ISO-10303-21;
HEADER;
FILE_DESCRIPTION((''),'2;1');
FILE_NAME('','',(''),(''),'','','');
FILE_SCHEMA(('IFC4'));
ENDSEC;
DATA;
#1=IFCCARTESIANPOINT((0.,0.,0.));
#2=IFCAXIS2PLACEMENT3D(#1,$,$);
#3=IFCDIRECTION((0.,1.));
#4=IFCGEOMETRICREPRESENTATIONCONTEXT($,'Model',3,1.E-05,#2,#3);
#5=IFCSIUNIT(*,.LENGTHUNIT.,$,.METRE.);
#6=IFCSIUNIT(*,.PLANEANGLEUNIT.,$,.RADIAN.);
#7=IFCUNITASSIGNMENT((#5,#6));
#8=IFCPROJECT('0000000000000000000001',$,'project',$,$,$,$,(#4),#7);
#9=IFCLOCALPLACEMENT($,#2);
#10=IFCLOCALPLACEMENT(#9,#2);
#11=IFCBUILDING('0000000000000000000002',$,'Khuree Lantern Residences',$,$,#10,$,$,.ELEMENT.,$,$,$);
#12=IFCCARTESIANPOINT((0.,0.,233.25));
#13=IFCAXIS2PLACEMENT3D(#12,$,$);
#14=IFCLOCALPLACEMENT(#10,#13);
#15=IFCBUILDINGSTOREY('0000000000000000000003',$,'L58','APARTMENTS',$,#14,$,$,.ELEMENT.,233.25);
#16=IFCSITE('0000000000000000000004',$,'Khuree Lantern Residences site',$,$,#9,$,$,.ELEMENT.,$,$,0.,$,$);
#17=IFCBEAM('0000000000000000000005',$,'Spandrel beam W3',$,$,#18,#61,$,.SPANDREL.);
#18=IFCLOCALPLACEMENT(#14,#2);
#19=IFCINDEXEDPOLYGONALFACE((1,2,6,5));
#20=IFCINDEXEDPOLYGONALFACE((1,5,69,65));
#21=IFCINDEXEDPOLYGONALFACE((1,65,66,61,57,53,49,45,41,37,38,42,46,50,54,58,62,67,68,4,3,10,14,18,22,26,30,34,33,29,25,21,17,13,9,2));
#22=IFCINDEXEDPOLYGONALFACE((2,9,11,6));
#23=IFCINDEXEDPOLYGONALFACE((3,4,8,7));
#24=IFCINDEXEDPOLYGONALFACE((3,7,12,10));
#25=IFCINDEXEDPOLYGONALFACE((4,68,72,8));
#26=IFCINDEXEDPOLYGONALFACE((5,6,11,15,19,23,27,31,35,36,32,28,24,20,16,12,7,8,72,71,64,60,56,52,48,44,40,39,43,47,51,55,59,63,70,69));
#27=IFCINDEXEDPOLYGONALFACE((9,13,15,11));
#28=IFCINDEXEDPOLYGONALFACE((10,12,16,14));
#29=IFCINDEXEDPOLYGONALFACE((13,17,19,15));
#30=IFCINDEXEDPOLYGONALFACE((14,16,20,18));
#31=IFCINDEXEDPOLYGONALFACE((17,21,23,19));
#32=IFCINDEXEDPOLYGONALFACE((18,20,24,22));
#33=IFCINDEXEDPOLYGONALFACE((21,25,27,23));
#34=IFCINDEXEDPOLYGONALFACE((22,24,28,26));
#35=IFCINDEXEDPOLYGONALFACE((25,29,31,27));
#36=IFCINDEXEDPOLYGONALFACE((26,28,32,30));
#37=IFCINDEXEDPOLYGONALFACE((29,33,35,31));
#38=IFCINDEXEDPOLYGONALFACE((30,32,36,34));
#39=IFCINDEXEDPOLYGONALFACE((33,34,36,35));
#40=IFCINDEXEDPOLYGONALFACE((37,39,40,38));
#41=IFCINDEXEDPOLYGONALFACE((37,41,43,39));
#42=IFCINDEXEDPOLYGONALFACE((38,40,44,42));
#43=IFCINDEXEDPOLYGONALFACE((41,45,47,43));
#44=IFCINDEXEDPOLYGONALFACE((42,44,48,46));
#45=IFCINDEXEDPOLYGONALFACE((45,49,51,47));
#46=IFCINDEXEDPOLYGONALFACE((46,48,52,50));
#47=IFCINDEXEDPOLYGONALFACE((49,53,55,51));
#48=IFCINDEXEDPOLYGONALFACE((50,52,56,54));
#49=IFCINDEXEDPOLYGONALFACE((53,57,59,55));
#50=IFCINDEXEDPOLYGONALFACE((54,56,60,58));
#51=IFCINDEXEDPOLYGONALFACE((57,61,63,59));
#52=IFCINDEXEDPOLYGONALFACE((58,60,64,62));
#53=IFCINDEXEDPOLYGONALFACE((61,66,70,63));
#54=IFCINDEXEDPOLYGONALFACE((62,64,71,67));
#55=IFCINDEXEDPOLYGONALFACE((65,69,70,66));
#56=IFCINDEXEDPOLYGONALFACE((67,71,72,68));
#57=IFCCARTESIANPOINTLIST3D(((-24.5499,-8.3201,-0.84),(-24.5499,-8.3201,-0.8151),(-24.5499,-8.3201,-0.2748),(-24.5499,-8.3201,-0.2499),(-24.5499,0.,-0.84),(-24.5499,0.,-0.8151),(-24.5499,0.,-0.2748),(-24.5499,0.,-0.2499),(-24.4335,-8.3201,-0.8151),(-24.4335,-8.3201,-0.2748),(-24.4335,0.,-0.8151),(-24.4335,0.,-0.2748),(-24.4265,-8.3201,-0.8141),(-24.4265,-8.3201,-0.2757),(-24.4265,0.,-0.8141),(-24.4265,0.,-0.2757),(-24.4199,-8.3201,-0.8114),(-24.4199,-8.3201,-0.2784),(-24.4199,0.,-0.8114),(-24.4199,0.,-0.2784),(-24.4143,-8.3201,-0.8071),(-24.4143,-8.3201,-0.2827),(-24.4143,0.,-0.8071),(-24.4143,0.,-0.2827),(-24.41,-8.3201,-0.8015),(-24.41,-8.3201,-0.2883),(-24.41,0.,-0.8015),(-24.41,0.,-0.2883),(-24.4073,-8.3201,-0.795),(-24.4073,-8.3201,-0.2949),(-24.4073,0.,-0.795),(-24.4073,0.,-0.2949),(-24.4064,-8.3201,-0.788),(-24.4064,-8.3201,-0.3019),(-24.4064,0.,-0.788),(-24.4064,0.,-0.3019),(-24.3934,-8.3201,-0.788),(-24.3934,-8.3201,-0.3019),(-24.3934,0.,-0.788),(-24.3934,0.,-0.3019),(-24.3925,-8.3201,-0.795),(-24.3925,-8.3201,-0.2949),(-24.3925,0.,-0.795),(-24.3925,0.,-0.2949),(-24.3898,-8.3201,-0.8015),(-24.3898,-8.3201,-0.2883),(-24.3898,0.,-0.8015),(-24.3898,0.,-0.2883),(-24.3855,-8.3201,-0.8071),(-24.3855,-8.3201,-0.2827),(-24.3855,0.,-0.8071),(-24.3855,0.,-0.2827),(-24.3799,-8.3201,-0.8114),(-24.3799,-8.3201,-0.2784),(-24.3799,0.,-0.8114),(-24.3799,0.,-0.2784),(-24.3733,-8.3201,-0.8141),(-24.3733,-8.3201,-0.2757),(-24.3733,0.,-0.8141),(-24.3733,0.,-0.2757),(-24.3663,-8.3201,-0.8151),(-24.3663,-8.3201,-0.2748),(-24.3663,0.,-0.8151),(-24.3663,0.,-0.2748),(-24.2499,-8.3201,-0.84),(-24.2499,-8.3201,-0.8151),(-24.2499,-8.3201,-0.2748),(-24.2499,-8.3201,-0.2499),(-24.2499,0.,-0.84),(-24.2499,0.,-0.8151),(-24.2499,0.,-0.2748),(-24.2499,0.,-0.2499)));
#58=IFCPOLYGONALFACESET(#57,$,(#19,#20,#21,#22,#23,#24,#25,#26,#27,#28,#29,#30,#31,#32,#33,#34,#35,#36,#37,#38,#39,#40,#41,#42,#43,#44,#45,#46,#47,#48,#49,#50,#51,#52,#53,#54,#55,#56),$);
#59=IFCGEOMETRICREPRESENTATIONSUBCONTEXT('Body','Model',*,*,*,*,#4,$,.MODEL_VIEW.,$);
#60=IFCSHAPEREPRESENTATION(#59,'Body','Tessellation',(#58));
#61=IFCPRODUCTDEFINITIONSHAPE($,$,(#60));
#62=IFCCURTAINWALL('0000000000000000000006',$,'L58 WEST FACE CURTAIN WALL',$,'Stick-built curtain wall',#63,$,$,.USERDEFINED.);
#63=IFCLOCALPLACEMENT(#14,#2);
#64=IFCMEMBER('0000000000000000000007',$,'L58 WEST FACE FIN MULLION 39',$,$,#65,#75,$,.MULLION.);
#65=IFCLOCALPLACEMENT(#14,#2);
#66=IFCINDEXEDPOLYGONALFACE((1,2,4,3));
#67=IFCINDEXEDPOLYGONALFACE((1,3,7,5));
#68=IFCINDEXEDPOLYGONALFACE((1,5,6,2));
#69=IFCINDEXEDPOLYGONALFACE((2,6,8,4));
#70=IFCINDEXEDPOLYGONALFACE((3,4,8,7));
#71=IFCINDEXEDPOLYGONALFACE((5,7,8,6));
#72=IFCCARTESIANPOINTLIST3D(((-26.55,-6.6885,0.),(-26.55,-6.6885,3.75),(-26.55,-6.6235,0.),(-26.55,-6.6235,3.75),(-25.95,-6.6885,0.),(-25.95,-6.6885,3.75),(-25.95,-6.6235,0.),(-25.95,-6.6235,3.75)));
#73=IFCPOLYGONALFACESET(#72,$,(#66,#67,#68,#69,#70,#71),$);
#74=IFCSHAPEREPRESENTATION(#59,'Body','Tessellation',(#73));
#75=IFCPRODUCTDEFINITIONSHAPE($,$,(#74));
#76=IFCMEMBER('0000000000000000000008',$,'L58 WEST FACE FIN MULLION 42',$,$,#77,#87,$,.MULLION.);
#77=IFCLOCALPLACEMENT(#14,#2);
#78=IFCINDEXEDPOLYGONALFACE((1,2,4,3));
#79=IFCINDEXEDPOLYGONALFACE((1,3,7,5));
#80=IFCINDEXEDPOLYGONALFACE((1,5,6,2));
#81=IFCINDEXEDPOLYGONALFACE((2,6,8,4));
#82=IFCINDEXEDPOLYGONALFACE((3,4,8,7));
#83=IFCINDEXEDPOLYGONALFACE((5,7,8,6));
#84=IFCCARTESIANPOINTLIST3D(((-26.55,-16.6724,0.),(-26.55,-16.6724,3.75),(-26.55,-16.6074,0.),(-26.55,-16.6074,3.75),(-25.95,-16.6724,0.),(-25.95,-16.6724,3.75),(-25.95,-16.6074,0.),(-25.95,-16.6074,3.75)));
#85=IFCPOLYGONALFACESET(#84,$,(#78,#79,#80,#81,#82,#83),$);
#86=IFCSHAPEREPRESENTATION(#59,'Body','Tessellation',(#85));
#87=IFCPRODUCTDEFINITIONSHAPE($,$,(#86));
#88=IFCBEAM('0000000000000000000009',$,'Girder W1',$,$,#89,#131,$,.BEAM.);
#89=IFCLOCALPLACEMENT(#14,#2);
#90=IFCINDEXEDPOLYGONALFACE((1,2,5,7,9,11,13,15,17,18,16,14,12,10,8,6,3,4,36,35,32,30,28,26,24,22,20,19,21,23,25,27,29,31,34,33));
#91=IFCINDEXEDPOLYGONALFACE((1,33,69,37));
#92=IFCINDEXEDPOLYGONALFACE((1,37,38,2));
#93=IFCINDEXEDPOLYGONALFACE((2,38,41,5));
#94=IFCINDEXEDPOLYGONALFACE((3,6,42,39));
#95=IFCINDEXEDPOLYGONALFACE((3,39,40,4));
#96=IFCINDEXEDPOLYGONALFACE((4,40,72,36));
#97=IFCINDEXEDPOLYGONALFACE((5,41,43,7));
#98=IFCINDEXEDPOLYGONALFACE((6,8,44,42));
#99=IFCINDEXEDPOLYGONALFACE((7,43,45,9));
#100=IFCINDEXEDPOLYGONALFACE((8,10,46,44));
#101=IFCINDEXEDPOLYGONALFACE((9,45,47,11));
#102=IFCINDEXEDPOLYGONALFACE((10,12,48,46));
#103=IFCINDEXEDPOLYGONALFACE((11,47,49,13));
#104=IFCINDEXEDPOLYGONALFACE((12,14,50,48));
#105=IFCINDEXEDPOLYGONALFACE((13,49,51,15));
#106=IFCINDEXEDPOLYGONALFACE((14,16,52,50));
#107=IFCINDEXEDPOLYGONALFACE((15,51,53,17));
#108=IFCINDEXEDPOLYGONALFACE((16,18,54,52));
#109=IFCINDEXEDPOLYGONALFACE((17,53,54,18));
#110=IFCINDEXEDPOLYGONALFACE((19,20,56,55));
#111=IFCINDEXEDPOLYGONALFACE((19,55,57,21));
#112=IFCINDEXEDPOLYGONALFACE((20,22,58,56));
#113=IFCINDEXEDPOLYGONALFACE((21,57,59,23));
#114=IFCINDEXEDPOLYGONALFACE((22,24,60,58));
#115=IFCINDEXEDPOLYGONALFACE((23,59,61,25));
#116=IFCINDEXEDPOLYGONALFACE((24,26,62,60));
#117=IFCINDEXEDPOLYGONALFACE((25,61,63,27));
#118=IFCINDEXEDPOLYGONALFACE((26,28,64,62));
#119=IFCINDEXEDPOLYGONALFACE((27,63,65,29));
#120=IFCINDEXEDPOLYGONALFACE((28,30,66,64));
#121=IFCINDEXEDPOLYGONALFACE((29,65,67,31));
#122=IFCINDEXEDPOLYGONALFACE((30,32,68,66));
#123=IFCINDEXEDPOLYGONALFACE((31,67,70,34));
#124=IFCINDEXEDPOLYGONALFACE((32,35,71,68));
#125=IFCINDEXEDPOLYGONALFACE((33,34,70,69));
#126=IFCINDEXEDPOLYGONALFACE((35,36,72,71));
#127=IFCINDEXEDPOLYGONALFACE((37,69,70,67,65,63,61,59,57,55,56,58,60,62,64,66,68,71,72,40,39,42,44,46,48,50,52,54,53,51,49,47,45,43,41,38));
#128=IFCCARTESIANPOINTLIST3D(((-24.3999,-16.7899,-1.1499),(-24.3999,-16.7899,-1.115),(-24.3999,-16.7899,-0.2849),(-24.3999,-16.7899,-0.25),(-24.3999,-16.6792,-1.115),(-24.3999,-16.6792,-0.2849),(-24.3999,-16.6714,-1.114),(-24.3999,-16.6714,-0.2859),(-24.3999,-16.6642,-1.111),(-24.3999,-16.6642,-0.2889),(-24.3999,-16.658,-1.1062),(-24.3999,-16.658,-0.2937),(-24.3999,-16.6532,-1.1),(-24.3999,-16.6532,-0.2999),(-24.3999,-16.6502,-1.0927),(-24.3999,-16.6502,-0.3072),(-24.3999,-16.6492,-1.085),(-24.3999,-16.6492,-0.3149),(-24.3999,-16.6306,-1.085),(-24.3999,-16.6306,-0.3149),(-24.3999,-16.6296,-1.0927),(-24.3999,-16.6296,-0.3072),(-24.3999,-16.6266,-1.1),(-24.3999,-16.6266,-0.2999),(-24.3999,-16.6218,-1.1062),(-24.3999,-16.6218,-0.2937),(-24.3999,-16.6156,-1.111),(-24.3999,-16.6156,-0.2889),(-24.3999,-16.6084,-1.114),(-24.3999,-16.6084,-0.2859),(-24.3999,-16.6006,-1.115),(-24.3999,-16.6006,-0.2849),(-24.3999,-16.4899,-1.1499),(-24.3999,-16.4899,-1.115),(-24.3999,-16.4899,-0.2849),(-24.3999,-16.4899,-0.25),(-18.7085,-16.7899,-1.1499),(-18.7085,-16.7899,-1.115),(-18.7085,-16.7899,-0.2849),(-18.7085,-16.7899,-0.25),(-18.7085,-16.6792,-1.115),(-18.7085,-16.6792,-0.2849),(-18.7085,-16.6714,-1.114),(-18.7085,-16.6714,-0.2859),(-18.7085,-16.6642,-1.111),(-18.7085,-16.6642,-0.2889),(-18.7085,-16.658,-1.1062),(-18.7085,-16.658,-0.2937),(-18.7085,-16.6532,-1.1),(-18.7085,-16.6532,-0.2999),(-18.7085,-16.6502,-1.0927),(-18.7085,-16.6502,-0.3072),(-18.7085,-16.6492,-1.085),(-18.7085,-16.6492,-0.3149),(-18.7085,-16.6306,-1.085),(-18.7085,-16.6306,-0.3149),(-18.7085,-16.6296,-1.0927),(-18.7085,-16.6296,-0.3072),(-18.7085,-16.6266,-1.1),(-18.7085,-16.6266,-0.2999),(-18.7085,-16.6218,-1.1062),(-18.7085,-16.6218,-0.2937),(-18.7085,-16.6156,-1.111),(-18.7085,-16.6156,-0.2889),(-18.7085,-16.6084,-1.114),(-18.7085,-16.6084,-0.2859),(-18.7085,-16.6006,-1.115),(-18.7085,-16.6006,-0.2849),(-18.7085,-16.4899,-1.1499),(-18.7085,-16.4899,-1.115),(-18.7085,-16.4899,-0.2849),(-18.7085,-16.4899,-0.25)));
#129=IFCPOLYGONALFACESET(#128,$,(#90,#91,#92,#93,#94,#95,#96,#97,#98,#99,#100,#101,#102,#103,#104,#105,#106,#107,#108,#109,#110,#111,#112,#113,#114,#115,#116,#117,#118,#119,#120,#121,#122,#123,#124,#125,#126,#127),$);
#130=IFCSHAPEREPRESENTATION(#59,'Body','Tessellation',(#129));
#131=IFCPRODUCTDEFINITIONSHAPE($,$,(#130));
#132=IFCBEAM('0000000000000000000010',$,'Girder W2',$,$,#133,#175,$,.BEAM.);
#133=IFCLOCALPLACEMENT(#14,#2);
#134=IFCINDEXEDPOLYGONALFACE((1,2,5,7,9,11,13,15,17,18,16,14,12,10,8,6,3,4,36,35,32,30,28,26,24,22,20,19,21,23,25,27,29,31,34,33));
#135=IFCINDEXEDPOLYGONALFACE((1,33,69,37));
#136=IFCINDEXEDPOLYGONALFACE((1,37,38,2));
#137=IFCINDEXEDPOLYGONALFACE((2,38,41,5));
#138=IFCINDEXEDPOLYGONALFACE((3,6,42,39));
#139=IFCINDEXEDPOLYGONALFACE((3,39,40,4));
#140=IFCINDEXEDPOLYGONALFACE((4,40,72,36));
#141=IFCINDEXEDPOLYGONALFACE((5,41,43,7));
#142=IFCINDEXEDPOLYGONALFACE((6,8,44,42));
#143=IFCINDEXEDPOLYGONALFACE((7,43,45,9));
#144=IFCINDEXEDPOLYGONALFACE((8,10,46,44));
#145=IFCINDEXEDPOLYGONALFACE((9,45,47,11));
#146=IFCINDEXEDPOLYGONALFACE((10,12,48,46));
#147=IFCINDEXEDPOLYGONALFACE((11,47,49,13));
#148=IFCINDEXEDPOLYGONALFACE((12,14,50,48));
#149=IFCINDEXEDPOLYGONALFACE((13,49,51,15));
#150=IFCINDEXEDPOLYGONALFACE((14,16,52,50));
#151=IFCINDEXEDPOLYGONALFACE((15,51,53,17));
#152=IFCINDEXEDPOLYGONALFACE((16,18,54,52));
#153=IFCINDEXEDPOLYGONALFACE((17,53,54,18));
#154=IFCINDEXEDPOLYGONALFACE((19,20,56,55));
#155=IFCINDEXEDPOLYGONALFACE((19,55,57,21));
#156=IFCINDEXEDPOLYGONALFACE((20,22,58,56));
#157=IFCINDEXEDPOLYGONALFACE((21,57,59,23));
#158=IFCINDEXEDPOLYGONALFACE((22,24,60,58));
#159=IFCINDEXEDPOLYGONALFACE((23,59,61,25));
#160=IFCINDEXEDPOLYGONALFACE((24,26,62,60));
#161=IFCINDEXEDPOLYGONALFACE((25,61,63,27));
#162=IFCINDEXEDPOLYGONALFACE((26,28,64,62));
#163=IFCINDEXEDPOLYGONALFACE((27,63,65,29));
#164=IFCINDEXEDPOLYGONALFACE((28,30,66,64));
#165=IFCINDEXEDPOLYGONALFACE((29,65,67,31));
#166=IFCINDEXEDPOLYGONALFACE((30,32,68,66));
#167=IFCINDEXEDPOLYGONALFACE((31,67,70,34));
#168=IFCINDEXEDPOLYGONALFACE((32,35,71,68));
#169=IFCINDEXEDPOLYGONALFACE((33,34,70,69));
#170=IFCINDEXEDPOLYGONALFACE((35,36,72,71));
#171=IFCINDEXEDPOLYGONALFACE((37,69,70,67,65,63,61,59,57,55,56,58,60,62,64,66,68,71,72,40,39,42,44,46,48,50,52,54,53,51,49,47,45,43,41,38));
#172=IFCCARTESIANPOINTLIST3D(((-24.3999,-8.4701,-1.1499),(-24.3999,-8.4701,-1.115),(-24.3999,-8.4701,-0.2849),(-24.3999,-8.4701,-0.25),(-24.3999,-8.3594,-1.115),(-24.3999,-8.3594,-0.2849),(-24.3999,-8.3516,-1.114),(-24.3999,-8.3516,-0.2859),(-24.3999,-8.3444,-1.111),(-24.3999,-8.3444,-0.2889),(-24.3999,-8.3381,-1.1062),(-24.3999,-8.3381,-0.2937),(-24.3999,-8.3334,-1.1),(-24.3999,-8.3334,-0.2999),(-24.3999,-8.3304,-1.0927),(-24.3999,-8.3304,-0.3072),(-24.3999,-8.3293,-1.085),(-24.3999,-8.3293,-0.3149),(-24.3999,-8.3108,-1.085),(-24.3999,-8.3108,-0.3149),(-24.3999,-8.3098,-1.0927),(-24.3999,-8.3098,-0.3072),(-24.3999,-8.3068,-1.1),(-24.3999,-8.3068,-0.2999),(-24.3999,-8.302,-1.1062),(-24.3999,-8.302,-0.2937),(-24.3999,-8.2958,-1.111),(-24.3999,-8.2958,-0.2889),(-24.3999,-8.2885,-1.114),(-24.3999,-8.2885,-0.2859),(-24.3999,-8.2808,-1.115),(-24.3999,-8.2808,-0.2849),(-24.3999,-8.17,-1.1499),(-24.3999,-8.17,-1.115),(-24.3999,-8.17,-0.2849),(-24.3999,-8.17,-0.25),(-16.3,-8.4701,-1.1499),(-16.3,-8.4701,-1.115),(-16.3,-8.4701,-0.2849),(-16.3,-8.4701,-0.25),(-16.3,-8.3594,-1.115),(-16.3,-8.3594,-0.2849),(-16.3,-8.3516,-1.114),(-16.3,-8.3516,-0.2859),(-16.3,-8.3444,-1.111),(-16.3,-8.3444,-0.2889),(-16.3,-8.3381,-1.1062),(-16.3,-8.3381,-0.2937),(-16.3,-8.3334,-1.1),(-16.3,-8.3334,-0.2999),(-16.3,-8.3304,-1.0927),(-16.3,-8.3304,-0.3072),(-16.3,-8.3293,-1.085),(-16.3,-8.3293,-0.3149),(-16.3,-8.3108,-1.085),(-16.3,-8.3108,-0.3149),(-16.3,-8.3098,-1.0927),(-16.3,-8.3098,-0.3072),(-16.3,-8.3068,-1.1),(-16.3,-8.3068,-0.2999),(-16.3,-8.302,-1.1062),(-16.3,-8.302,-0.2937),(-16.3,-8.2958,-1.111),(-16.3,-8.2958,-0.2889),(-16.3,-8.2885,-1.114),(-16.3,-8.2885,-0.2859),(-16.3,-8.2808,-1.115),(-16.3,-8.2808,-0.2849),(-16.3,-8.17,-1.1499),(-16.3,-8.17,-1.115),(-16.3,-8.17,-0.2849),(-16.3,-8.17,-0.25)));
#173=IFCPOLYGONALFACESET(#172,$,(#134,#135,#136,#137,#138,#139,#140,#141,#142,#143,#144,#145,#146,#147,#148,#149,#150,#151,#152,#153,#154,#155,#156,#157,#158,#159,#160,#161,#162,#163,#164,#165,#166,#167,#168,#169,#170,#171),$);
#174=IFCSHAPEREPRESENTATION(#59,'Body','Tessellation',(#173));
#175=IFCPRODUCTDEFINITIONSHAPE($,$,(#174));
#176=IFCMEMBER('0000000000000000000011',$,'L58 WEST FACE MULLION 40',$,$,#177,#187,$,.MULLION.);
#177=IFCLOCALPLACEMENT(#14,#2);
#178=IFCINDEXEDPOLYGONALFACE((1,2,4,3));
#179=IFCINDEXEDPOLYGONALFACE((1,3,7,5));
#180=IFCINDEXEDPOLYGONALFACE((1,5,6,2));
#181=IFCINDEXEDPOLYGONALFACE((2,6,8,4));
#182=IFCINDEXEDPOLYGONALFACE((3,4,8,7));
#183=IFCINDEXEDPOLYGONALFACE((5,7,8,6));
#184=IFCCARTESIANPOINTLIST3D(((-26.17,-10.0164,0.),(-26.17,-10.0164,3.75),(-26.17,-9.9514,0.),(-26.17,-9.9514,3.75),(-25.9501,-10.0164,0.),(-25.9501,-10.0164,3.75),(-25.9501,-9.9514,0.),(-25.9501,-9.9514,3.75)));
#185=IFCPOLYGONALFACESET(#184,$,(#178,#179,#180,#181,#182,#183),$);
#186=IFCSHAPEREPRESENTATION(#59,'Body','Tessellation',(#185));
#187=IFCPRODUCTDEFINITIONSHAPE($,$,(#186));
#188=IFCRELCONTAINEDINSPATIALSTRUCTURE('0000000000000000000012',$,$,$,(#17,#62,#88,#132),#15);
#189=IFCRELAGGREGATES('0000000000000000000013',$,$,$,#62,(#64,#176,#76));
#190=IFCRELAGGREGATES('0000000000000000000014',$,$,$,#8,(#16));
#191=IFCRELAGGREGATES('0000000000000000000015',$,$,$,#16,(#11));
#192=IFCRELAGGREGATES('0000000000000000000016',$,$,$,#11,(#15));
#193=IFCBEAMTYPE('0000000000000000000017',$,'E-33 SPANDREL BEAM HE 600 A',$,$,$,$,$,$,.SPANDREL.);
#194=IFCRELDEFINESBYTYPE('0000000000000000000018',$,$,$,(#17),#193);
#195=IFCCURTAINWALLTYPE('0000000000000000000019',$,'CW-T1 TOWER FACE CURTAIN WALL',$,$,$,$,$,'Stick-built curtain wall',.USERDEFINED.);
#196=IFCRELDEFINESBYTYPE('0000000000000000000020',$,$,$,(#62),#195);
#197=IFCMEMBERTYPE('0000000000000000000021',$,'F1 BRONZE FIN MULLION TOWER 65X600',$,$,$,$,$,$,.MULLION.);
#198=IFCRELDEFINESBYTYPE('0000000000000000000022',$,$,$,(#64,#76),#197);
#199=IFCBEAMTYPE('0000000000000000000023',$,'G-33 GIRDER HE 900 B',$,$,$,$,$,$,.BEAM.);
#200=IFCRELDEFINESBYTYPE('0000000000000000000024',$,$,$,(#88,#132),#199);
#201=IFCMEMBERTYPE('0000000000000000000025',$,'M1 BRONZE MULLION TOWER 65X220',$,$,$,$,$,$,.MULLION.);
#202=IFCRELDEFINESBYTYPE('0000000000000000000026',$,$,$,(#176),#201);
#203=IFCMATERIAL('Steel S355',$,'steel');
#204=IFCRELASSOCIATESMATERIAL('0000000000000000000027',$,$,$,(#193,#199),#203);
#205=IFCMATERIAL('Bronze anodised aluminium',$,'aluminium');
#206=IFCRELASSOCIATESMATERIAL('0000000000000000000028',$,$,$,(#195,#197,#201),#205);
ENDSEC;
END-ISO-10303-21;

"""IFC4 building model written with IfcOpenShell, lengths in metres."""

from ifc_helpers import new_model, si_unit, direction, frame, origin, origin_2d, place, context, subcontext, project, spatial, rectangle, i_section, extrude, material, material_profile, profile_set, type_object, element, aggregate, save


model = new_model("IFC4")

# Units and contexts
model_context = context("Model", 3, precision=1e-05, world=origin(), true_north=direction((0.0, 1.0)))
body_context = subcontext(model_context, "Body", "Model", "MODEL_VIEW")
ifc_project = project(units=[si_unit("LENGTHUNIT", "METRE"), si_unit("PLANEANGLEUNIT", "RADIAN")], contexts=[model_context])

# Site, building, storey
site_placement = place(None, origin())
site = spatial("IfcSite", under=ifc_project, at=site_placement, Name="Khuree Lantern Residences site", CompositionType="ELEMENT", RefElevation=0.0)
building_placement = place(site_placement, origin())
building = spatial("IfcBuilding", under=site, at=building_placement, Name="Khuree Lantern Residences", CompositionType="ELEMENT")
storey_placement = place(building_placement, frame((0.0, 0.0, 233.25)))
storey = spatial("IfcBuildingStorey", under=building, at=storey_placement, Name="L58", Description="APARTMENTS", CompositionType="ELEMENT", Elevation=233.25)

# Beam
ifc_material_1 = material(Name="Steel S355", Category="steel")
ifc_material_profile_1 = material_profile(ifc_material_1, i_section(OverallWidth=0.3, OverallDepth=0.5901, WebThickness=0.0129, FlangeThickness=0.0249, FilletRadius=0.0271, at=origin_2d()), Name="HE 600 A")
ifc_profile_set_1 = profile_set([ifc_material_profile_1], Name="Steel S355")
beam_type_1 = type_object("IfcBeamType", Name="E-33 SPANDREL BEAM HE 600 A", PredefinedType="SPANDREL", material=ifc_profile_set_1)
beam_1_placement = place(storey_placement, frame((-24.3999, -8.3201, -0.5449), z_axis=(0.0, 1.0, 0.0), x_axis=(-1.0, 0.0, 0.0)))
element("IfcBeam", 1, at=beam_1_placement, inside=storey, type_object=beam_type_1, Name="Spandrel beam W3", PredefinedType="SPANDREL", context=body_context, shape_type="SweptSolid", body=[
    extrude(i_section(OverallWidth=0.3, OverallDepth=0.5901, WebThickness=0.0129, FlangeThickness=0.0249, FilletRadius=0.0271, at=origin_2d()), origin(), (0.0, 0.0, 1.0), 8.3201),
])

# Curtain wall, members
ifc_material_2 = material(Name="Bronze anodised aluminium", Category="aluminium")
curtain_wall_type = type_object("IfcCurtainWallType", Name="CW-T1 TOWER FACE CURTAIN WALL", ElementType="Stick-built curtain wall", PredefinedType="USERDEFINED", material=ifc_material_2)
curtain_wall_placement = place(storey_placement, origin())
curtain_wall = element("IfcCurtainWall", 2, at=curtain_wall_placement, inside=storey, type_object=curtain_wall_type, Name="L58 WEST FACE CURTAIN WALL", ObjectType="Stick-built curtain wall", PredefinedType="USERDEFINED")
ifc_material_profile_2 = material_profile(ifc_material_2, rectangle(XDim=0.0649, YDim=0.6001, at=origin_2d()), Name="F1 65X600")
ifc_profile_set_2 = profile_set([ifc_material_profile_2], Name="Bronze anodised aluminium")
member_type_1 = type_object("IfcMemberType", Name="F1 BRONZE FIN MULLION TOWER 65X600", PredefinedType="MULLION", material=ifc_profile_set_2)
member_1_placement = place(storey_placement, frame((-26.25, -6.656, 0.0), z_axis=(0.0, 0.0, 1.0), x_axis=(0.0, -1.0, 0.0)))
member_1 = element("IfcMember", 3, at=member_1_placement, type_object=member_type_1, Name="L58 WEST FACE FIN MULLION 39", PredefinedType="MULLION", context=body_context, shape_type="SweptSolid", body=[
    extrude(rectangle(XDim=0.0649, YDim=0.6001, at=origin_2d()), origin(), (0.0, 0.0, 1.0), 3.75),
])
member_2_placement = place(storey_placement, frame((-26.25, -16.6399, 0.0), z_axis=(0.0, 0.0, 1.0), x_axis=(0.0, -1.0, 0.0)))
member_2 = element("IfcMember", 4, at=member_2_placement, type_object=member_type_1, Name="L58 WEST FACE FIN MULLION 42", PredefinedType="MULLION", context=body_context, shape_type="SweptSolid", body=[
    extrude(rectangle(XDim=0.0649, YDim=0.6001, at=origin_2d()), origin(), (0.0, 0.0, 1.0), 3.75),
])

# Beams
ifc_material_profile_3 = material_profile(ifc_material_1, i_section(OverallWidth=0.3, OverallDepth=0.8999, WebThickness=0.0186, FlangeThickness=0.0349, FilletRadius=0.03, at=origin_2d()), Name="HE 900 B")
ifc_profile_set_3 = profile_set([ifc_material_profile_3], Name="Steel S355")
beam_type_2 = type_object("IfcBeamType", Name="G-33 GIRDER HE 900 B", PredefinedType="BEAM", material=ifc_profile_set_3)
beam_2_placement = place(storey_placement, frame((-24.3999, -16.6399, -0.7), z_axis=(1.0, 0.0, 0.0), x_axis=(0.0, 1.0, 0.0)))
element("IfcBeam", 5, at=beam_2_placement, inside=storey, type_object=beam_type_2, Name="Girder W1", PredefinedType="BEAM", context=body_context, shape_type="SweptSolid", body=[
    extrude(i_section(OverallWidth=0.3, OverallDepth=0.8999, WebThickness=0.0186, FlangeThickness=0.0349, FilletRadius=0.03, at=origin_2d()), origin(), (0.0, 0.0, 1.0), 5.6914),
])
beam_3_placement = place(storey_placement, frame((-24.3999, -8.3201, -0.7), z_axis=(1.0, 0.0, 0.0), x_axis=(0.0, 1.0, 0.0)))
element("IfcBeam", 6, at=beam_3_placement, inside=storey, type_object=beam_type_2, Name="Girder W2", PredefinedType="BEAM", context=body_context, shape_type="SweptSolid", body=[
    extrude(i_section(OverallWidth=0.3, OverallDepth=0.8999, WebThickness=0.0186, FlangeThickness=0.0349, FilletRadius=0.03, at=origin_2d()), origin(), (0.0, 0.0, 1.0), 8.0999),
])

# Member
ifc_material_profile_4 = material_profile(ifc_material_2, rectangle(XDim=0.0649, YDim=0.22, at=origin_2d()), Name="M1 65X220")
ifc_profile_set_4 = profile_set([ifc_material_profile_4], Name="Bronze anodised aluminium")
member_type_2 = type_object("IfcMemberType", Name="M1 BRONZE MULLION TOWER 65X220", PredefinedType="MULLION", material=ifc_profile_set_4)
member_3_placement = place(storey_placement, frame((-26.0601, -9.9839, 0.0), z_axis=(0.0, 0.0, 1.0), x_axis=(0.0, -1.0, 0.0)))
member_3 = element("IfcMember", 7, at=member_3_placement, type_object=member_type_2, Name="L58 WEST FACE MULLION 40", PredefinedType="MULLION", context=body_context, shape_type="SweptSolid", body=[
    extrude(rectangle(XDim=0.0649, YDim=0.22, at=origin_2d()), origin(), (0.0, 0.0, 1.0), 3.75),
])

aggregate(curtain_wall, [member_1, member_3, member_2])

save(model, "model.ifc")
